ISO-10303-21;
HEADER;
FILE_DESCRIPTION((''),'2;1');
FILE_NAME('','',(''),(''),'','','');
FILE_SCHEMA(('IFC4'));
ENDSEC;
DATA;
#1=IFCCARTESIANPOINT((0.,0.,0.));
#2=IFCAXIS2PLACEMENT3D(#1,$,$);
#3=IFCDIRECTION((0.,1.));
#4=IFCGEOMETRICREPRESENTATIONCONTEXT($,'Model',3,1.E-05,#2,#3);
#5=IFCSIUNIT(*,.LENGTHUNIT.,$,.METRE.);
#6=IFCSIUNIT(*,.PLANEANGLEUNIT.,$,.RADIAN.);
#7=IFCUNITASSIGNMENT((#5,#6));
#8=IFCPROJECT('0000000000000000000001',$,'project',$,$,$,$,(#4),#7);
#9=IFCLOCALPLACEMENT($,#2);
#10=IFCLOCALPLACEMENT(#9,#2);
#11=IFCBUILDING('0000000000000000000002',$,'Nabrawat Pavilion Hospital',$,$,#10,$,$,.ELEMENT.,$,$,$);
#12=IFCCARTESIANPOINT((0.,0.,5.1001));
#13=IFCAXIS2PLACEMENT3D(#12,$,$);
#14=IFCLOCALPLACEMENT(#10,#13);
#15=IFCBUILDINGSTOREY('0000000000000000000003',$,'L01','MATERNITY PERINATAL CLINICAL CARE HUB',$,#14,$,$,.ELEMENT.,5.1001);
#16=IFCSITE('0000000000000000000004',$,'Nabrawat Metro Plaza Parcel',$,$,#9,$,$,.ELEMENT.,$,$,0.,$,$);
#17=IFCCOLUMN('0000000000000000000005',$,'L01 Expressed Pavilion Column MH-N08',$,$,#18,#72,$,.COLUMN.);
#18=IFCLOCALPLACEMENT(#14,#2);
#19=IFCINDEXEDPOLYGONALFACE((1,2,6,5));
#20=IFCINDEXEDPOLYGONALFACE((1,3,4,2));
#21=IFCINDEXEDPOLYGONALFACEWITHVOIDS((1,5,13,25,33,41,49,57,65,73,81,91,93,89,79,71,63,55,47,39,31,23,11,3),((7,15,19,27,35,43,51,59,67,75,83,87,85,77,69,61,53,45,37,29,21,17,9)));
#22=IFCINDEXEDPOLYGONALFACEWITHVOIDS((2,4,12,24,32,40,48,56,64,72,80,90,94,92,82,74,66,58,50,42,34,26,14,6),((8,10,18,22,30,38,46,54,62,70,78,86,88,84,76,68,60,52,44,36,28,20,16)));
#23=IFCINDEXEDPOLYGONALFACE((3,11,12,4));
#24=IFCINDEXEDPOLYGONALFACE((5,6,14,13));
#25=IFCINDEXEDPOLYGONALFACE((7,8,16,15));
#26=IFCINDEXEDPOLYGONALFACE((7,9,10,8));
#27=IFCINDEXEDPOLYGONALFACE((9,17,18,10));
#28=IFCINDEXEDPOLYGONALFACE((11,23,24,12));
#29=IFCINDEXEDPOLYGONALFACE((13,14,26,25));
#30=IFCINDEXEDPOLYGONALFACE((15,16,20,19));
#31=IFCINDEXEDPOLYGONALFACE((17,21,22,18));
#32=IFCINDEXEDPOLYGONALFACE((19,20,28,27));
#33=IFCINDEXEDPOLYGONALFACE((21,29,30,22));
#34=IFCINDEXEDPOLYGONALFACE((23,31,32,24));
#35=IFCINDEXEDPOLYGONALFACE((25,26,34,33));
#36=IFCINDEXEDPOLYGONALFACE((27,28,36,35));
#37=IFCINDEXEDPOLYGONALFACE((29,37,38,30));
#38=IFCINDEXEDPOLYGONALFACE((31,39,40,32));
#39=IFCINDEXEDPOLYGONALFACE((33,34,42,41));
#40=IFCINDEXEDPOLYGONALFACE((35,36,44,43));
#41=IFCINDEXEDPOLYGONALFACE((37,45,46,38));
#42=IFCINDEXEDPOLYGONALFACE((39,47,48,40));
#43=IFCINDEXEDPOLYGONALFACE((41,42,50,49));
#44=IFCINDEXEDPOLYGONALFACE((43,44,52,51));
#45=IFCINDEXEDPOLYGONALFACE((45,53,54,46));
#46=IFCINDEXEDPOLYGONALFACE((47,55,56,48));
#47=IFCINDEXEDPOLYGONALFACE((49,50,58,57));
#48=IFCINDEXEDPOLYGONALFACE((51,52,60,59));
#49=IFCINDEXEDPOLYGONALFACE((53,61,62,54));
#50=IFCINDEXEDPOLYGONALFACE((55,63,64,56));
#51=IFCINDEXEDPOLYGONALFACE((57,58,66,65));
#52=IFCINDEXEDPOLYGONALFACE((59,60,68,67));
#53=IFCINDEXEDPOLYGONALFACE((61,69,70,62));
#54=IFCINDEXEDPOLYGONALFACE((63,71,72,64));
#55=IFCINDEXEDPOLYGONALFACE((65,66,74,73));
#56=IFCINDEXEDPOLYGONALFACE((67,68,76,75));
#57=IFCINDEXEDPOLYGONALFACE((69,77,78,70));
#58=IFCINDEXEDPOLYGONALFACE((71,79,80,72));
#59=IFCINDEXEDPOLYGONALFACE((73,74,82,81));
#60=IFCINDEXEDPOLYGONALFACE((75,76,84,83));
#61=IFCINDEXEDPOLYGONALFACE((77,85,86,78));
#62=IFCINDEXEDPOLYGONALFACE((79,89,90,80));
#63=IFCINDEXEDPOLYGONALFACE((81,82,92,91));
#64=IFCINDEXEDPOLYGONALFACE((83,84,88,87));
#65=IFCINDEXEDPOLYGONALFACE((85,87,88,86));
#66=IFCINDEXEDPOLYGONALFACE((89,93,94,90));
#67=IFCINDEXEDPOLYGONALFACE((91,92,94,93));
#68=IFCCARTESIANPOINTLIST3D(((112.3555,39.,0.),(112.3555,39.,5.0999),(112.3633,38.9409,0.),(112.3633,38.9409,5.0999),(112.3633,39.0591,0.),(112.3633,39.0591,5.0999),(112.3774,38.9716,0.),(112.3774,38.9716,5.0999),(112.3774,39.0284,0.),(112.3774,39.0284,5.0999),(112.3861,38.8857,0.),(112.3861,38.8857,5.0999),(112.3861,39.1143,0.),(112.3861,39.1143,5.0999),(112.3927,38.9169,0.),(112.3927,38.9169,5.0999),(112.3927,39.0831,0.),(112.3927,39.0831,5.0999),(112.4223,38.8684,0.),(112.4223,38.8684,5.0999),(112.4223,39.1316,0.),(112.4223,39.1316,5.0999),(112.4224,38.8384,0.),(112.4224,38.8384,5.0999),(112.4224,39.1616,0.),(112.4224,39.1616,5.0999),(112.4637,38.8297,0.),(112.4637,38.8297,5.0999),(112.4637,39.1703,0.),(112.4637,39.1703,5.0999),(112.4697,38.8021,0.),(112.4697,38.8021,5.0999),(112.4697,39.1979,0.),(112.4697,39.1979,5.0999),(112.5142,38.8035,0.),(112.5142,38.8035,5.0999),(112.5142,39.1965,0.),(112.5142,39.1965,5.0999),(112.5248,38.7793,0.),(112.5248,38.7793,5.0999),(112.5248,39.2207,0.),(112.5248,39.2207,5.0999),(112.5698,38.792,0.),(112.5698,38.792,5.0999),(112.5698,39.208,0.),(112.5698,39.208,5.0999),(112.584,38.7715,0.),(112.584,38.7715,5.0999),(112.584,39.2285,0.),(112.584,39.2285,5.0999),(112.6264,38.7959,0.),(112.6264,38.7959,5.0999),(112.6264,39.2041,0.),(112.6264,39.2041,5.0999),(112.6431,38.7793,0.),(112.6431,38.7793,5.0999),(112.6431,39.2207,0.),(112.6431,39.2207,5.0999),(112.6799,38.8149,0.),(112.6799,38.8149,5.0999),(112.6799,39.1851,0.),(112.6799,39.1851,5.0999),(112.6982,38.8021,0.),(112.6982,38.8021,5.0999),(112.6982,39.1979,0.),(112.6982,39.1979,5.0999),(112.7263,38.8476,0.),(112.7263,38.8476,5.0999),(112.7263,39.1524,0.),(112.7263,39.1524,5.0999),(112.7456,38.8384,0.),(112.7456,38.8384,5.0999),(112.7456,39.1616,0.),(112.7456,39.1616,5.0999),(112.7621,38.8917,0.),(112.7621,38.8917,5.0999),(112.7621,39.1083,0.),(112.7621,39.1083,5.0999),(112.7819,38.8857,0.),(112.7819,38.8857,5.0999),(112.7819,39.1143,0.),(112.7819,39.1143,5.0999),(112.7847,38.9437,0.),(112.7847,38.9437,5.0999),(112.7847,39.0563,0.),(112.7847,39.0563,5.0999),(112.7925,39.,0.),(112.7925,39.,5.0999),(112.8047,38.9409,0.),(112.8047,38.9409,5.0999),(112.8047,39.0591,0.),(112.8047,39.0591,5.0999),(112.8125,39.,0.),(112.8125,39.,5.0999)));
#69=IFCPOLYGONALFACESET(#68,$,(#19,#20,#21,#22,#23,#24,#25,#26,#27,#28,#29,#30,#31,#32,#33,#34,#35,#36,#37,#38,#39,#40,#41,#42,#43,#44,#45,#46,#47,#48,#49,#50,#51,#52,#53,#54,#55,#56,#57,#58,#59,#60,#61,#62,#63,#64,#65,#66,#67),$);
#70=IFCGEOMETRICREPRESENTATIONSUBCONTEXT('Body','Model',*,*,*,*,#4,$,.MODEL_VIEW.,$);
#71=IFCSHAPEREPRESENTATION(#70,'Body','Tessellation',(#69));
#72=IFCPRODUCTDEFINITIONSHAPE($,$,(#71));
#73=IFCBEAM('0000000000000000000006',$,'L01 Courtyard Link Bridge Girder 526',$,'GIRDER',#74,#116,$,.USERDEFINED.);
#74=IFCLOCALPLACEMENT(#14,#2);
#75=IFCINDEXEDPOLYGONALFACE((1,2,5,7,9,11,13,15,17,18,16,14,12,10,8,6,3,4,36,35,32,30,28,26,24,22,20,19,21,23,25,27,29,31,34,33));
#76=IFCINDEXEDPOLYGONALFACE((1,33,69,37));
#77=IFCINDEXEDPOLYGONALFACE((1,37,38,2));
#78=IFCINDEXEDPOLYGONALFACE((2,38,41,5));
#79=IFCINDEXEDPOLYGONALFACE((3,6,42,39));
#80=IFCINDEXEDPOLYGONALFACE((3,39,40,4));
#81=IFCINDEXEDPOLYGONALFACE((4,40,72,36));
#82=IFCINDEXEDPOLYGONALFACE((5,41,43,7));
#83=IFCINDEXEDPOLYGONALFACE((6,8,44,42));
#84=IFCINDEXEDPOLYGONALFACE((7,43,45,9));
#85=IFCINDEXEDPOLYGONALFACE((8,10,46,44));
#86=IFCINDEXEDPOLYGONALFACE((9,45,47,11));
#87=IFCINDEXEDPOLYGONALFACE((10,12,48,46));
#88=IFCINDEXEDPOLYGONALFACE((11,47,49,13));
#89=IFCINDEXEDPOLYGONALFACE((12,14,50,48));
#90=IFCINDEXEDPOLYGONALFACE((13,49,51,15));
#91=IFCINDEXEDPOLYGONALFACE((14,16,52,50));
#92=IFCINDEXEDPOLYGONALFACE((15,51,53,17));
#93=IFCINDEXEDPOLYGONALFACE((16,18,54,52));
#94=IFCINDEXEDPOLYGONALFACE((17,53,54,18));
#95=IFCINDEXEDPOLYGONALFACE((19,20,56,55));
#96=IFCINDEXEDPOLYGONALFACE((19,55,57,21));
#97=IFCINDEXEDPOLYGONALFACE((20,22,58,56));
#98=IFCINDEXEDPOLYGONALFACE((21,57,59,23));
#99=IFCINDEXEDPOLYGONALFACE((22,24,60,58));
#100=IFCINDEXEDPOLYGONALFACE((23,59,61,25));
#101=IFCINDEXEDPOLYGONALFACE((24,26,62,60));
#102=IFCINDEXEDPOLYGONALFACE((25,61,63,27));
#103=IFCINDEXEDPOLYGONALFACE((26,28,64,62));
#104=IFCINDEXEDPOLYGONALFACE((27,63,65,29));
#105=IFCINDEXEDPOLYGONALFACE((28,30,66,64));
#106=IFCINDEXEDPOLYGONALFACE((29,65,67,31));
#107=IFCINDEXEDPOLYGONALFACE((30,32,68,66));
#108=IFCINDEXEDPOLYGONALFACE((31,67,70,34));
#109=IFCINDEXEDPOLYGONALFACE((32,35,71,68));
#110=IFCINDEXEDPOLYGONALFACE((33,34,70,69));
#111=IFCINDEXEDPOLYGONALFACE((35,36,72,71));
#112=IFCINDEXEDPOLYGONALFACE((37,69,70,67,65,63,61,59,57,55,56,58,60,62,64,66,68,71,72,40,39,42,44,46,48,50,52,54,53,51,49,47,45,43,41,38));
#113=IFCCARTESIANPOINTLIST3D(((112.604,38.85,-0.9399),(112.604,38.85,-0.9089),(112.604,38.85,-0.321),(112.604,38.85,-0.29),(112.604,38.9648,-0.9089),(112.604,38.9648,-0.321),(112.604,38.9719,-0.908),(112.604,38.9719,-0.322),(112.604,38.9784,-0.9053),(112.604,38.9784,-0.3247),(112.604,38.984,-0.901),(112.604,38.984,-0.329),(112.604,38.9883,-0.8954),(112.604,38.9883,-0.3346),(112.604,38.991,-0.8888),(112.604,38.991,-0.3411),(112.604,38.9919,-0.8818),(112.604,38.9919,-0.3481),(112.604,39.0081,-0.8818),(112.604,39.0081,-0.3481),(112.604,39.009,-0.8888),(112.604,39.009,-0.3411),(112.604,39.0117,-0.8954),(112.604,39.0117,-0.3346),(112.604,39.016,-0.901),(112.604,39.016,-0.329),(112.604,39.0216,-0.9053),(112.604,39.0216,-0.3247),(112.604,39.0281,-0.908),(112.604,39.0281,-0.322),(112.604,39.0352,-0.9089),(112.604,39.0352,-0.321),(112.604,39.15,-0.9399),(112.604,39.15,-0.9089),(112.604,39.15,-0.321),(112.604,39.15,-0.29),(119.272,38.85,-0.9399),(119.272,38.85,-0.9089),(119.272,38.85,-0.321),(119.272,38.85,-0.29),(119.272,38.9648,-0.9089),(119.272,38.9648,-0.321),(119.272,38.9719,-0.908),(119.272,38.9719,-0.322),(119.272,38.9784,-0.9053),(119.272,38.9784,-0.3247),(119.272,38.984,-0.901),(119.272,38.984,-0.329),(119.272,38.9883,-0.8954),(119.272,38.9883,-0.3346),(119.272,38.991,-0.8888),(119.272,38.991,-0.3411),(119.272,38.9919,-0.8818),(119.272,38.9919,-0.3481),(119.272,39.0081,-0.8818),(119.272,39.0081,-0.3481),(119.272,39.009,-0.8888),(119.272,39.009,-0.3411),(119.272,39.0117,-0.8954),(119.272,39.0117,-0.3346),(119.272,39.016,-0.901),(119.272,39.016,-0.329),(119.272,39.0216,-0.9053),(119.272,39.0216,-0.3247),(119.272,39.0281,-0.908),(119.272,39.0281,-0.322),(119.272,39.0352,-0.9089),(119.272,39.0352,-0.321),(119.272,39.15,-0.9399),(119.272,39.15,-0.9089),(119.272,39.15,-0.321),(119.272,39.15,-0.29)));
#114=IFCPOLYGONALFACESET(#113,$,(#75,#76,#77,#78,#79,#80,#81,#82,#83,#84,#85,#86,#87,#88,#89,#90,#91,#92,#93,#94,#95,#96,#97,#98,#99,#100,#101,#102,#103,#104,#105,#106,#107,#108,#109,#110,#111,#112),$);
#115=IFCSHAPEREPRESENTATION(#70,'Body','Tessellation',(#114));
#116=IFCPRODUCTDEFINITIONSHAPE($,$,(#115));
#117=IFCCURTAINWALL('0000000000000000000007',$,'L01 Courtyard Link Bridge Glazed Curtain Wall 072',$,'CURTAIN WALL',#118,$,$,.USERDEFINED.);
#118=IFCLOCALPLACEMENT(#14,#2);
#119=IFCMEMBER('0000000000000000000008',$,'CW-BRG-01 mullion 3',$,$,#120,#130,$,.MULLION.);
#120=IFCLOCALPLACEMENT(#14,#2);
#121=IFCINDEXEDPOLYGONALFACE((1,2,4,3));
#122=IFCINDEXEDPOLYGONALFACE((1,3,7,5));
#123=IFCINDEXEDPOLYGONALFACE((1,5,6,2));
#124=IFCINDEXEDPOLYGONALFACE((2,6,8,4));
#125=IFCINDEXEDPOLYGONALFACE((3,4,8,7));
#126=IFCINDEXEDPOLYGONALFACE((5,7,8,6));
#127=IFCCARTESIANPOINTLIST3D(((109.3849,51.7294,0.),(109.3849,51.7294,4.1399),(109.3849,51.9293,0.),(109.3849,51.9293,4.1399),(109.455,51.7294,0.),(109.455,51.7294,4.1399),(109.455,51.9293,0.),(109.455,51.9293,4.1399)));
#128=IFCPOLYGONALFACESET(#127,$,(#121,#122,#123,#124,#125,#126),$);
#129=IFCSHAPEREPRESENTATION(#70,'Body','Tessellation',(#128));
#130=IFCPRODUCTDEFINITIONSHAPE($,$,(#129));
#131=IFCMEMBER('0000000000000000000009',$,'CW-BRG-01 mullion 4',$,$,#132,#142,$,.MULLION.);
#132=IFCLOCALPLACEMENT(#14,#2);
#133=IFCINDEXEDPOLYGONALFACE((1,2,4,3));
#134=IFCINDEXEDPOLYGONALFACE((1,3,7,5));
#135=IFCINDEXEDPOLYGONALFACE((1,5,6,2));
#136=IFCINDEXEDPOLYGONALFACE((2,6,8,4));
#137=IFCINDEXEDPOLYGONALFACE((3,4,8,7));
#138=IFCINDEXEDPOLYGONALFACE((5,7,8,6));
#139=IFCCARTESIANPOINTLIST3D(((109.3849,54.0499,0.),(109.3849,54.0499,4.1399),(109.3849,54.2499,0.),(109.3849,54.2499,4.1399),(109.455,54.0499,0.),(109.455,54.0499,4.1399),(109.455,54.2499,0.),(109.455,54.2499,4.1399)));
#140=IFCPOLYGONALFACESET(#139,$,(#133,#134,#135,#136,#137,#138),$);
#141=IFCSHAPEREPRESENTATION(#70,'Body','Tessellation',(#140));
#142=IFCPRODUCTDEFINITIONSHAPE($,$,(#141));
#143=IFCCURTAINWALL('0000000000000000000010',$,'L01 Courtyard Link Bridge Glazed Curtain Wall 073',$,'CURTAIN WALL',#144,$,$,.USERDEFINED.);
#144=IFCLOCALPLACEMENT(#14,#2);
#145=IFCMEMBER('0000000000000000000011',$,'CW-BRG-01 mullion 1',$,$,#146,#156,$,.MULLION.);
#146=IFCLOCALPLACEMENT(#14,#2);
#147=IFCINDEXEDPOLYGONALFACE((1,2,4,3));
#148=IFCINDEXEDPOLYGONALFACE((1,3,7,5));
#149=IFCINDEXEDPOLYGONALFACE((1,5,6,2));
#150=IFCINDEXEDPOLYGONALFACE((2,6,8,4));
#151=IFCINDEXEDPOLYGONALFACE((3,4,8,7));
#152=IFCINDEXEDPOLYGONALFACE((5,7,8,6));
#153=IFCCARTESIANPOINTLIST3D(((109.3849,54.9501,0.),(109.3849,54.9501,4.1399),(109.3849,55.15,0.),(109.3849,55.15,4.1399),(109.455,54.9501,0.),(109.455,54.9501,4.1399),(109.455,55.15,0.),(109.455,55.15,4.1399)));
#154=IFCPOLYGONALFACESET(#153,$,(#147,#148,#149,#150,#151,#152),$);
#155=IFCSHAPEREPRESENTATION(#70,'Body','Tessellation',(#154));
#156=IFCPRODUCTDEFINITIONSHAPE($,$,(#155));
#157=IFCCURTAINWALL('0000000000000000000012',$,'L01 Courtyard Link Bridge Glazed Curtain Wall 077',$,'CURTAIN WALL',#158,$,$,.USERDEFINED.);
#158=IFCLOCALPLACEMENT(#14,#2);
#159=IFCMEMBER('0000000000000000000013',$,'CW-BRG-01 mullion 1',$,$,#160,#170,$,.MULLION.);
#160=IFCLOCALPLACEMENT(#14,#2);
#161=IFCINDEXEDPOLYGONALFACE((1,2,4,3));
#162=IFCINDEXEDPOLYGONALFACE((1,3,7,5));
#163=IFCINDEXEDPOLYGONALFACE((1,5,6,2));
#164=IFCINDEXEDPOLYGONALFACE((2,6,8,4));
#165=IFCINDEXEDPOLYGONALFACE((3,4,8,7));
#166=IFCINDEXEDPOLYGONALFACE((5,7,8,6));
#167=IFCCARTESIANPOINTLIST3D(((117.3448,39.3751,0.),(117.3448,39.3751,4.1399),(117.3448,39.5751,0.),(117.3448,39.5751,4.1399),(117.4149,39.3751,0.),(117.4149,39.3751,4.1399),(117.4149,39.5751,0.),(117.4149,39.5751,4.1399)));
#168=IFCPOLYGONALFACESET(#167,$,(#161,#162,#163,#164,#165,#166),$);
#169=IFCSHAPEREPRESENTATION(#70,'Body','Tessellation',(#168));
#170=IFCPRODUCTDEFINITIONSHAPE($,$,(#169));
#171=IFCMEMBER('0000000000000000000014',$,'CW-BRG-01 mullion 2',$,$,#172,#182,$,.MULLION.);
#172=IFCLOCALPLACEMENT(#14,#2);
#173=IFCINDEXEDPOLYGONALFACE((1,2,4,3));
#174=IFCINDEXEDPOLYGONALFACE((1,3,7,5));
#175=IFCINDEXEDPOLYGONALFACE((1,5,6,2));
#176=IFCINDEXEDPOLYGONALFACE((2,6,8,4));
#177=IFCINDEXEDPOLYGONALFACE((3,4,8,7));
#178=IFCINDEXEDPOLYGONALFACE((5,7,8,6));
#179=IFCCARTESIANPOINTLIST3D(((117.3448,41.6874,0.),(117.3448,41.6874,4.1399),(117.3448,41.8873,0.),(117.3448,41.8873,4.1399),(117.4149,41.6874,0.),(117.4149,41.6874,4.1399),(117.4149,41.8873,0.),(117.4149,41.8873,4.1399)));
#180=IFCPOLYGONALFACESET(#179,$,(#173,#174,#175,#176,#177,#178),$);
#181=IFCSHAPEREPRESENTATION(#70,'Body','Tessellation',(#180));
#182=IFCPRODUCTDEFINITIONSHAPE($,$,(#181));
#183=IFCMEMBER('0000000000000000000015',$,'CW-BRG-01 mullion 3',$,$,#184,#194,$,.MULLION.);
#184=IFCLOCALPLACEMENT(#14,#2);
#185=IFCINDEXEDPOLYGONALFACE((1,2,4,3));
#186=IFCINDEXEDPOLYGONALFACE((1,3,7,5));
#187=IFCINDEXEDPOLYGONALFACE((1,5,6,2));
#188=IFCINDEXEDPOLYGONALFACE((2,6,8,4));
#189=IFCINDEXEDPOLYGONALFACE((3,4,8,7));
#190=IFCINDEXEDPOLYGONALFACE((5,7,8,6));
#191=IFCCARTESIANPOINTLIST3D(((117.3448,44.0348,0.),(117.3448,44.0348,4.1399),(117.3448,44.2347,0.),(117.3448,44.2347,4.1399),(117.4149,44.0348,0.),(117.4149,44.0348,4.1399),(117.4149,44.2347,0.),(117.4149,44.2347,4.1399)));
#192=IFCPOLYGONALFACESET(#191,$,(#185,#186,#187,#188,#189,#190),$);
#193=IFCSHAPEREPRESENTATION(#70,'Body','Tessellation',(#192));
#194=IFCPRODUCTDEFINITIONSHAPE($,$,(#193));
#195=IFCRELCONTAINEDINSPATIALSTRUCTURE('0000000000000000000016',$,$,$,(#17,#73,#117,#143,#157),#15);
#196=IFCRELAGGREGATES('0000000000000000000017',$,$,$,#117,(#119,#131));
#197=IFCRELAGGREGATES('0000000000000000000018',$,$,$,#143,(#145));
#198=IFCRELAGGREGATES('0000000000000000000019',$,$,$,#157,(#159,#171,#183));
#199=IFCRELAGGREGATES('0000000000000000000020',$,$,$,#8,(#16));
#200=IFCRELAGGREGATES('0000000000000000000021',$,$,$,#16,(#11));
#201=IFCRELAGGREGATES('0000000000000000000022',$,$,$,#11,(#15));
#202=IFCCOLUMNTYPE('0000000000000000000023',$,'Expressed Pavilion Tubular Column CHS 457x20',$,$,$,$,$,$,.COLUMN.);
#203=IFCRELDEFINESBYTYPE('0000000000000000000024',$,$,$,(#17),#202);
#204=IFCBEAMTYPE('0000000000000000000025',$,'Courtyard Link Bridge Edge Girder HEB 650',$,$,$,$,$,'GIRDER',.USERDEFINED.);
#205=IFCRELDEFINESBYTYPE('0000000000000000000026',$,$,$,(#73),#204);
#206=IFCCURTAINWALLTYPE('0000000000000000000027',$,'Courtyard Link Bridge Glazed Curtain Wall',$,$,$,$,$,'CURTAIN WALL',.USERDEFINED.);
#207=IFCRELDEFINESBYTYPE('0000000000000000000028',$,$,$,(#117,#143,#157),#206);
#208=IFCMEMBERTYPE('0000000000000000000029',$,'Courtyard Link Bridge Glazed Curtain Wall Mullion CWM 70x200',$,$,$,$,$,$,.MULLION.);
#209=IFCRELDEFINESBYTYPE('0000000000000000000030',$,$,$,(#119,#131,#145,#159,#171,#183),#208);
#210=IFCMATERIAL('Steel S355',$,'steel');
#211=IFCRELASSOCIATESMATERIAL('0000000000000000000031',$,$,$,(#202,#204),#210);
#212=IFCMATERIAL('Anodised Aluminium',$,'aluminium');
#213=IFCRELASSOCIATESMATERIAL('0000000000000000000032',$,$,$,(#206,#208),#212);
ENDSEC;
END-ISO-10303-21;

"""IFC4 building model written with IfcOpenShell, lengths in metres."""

from ifc_helpers import new_model, si_unit, direction, frame, origin, origin_2d, place, context, subcontext, project, spatial, rectangle, hollow_circle, i_section, extrude, material, material_profile, profile_set, type_object, element, aggregate, save


model = new_model("IFC4")

# Units and contexts
model_context = context("Model", 3, precision=1e-05, world=origin(), true_north=direction((0.0, 1.0)))
body_context = subcontext(model_context, "Body", "Model", "MODEL_VIEW")
ifc_project = project(units=[si_unit("LENGTHUNIT", "METRE"), si_unit("PLANEANGLEUNIT", "RADIAN")], contexts=[model_context])

# Site, building, storey
site_placement = place(None, origin())
site = spatial("IfcSite", under=ifc_project, at=site_placement, Name="Nabrawat Metro Plaza Parcel", CompositionType="ELEMENT", RefElevation=0.0)
building_placement = place(site_placement, origin())
building = spatial("IfcBuilding", under=site, at=building_placement, Name="Nabrawat Pavilion Hospital", CompositionType="ELEMENT")
storey_placement = place(building_placement, frame((0.0, 0.0, 5.1001)))
storey = spatial("IfcBuildingStorey", under=building, at=storey_placement, Name="L01", Description="MATERNITY PERINATAL CLINICAL CARE HUB", CompositionType="ELEMENT", Elevation=5.1001)

# Column
ifc_material_1 = material(Name="Steel S355", Category="steel")
ifc_material_profile_1 = material_profile(ifc_material_1, hollow_circle(Radius=0.2285, WallThickness=0.02, at=origin_2d()), Name="CHS 457x20")
ifc_profile_set_1 = profile_set([ifc_material_profile_1], Name="Steel S355")
column_type = type_object("IfcColumnType", Name="Expressed Pavilion Tubular Column CHS 457x20", PredefinedType="COLUMN", material=ifc_profile_set_1)
column_placement = place(storey_placement, frame((112.584, 39.0, 0.0), z_axis=(0.0, 0.0, 1.0), x_axis=(1.0, 0.0, 0.0)))
element("IfcColumn", 1, at=column_placement, inside=storey, type_object=column_type, Name="L01 Expressed Pavilion Column MH-N08", PredefinedType="COLUMN", context=body_context, shape_type="SweptSolid", body=[
    extrude(hollow_circle(Radius=0.2285, WallThickness=0.02, at=origin_2d()), origin(), (0.0, 0.0, 1.0), 5.0999),
])

# Beam
ifc_material_profile_2 = material_profile(ifc_material_1, i_section(OverallWidth=0.3, OverallDepth=0.6499, WebThickness=0.0161, FlangeThickness=0.031, FilletRadius=0.0271, at=origin_2d()), Name="HEB 650")
ifc_profile_set_2 = profile_set([ifc_material_profile_2], Name="Steel S355")
beam_type = type_object("IfcBeamType", Name="Courtyard Link Bridge Edge Girder HEB 650", ElementType="GIRDER", PredefinedType="USERDEFINED", material=ifc_profile_set_2)
beam_placement = place(storey_placement, frame((112.604, 39.0, -0.615), z_axis=(1.0, 0.0, 0.0), x_axis=(0.0, 1.0, 0.0)))
element("IfcBeam", 2, at=beam_placement, inside=storey, type_object=beam_type, Name="L01 Courtyard Link Bridge Girder 526", ObjectType="GIRDER", PredefinedType="USERDEFINED", context=body_context, shape_type="SweptSolid", body=[
    extrude(i_section(OverallWidth=0.3, OverallDepth=0.6499, WebThickness=0.0161, FlangeThickness=0.031, FilletRadius=0.0271, at=origin_2d()), origin(), (0.0, 0.0, 1.0), 6.668),
])

# Curtain wall, members
ifc_material_2 = material(Name="Anodised Aluminium", Category="aluminium")
curtain_wall_type = type_object("IfcCurtainWallType", Name="Courtyard Link Bridge Glazed Curtain Wall", ElementType="CURTAIN WALL", PredefinedType="USERDEFINED", material=ifc_material_2)
curtain_wall_1_placement = place(storey_placement, origin())
curtain_wall_1 = element("IfcCurtainWall", 3, at=curtain_wall_1_placement, inside=storey, type_object=curtain_wall_type, Name="L01 Courtyard Link Bridge Glazed Curtain Wall 072", ObjectType="CURTAIN WALL", PredefinedType="USERDEFINED")
ifc_material_profile_3 = material_profile(ifc_material_2, rectangle(XDim=0.0701, YDim=0.2, at=origin_2d()), Name="CWM 70x200")
ifc_profile_set_3 = profile_set([ifc_material_profile_3], Name="Anodised Aluminium")
member_type_1 = type_object("IfcMemberType", Name="Courtyard Link Bridge Glazed Curtain Wall Mullion CWM 70x200", PredefinedType="MULLION", material=ifc_profile_set_3)
member_1_placement = place(storey_placement, frame((109.4199, 51.8293, 0.0), z_axis=(0.0, 0.0, 1.0), x_axis=(-1.0, 0.0, 0.0)))
member_1 = element("IfcMember", 4, at=member_1_placement, type_object=member_type_1, Name="CW-BRG-01 mullion 3", PredefinedType="MULLION", context=body_context, shape_type="SweptSolid", body=[
    extrude(rectangle(XDim=0.0701, YDim=0.2, at=origin_2d()), origin(), (0.0, 0.0, 1.0), 4.1399),
])
member_2_placement = place(storey_placement, frame((109.4199, 54.1499, 0.0), z_axis=(0.0, 0.0, 1.0), x_axis=(-1.0, 0.0, 0.0)))
member_2 = element("IfcMember", 5, at=member_2_placement, type_object=member_type_1, Name="CW-BRG-01 mullion 4", PredefinedType="MULLION", context=body_context, shape_type="SweptSolid", body=[
    extrude(rectangle(XDim=0.0701, YDim=0.2, at=origin_2d()), origin(), (0.0, 0.0, 1.0), 4.1399),
])

# Curtain wall, member
curtain_wall_2_placement = place(storey_placement, origin())
curtain_wall_2 = element("IfcCurtainWall", 6, at=curtain_wall_2_placement, inside=storey, type_object=curtain_wall_type, Name="L01 Courtyard Link Bridge Glazed Curtain Wall 073", ObjectType="CURTAIN WALL", PredefinedType="USERDEFINED")
member_3_placement = place(storey_placement, frame((109.4199, 55.05, 0.0), z_axis=(0.0, 0.0, 1.0), x_axis=(-1.0, 0.0, 0.0)))
member_3 = element("IfcMember", 7, at=member_3_placement, type_object=member_type_1, Name="CW-BRG-01 mullion 1", PredefinedType="MULLION", context=body_context, shape_type="SweptSolid", body=[
    extrude(rectangle(XDim=0.0701, YDim=0.2, at=origin_2d()), origin(), (0.0, 0.0, 1.0), 4.1399),
])

# Curtain wall, members
curtain_wall_3_placement = place(storey_placement, origin())
curtain_wall_3 = element("IfcCurtainWall", 8, at=curtain_wall_3_placement, inside=storey, type_object=curtain_wall_type, Name="L01 Courtyard Link Bridge Glazed Curtain Wall 077", ObjectType="CURTAIN WALL", PredefinedType="USERDEFINED")
member_4_placement = place(storey_placement, frame((117.3799, 39.4751, 0.0), z_axis=(0.0, 0.0, 1.0), x_axis=(-1.0, 0.0, 0.0)))
member_4 = element("IfcMember", 9, at=member_4_placement, type_object=member_type_1, Name="CW-BRG-01 mullion 1", PredefinedType="MULLION", context=body_context, shape_type="SweptSolid", body=[
    extrude(rectangle(XDim=0.0701, YDim=0.2, at=origin_2d()), origin(), (0.0, 0.0, 1.0), 4.1399),
])
member_5_placement = place(storey_placement, frame((117.3799, 41.7874, 0.0), z_axis=(0.0, 0.0, 1.0), x_axis=(-1.0, 0.0, 0.0)))
member_5 = element("IfcMember", 10, at=member_5_placement, type_object=member_type_1, Name="CW-BRG-01 mullion 2", PredefinedType="MULLION", context=body_context, shape_type="SweptSolid", body=[
    extrude(rectangle(XDim=0.0701, YDim=0.2, at=origin_2d()), origin(), (0.0, 0.0, 1.0), 4.1399),
])
member_6_placement = place(storey_placement, frame((117.3799, 44.1348, 0.0), z_axis=(0.0, 0.0, 1.0), x_axis=(-1.0, 0.0, 0.0)))
member_6 = element("IfcMember", 11, at=member_6_placement, type_object=member_type_1, Name="CW-BRG-01 mullion 3", PredefinedType="MULLION", context=body_context, shape_type="SweptSolid", body=[
    extrude(rectangle(XDim=0.0701, YDim=0.2, at=origin_2d()), origin(), (0.0, 0.0, 1.0), 4.1399),
])

aggregate(curtain_wall_1, [member_1, member_2])
aggregate(curtain_wall_2, [member_3])
aggregate(curtain_wall_3, [member_4, member_5, member_6])

save(model, "model.ifc")
